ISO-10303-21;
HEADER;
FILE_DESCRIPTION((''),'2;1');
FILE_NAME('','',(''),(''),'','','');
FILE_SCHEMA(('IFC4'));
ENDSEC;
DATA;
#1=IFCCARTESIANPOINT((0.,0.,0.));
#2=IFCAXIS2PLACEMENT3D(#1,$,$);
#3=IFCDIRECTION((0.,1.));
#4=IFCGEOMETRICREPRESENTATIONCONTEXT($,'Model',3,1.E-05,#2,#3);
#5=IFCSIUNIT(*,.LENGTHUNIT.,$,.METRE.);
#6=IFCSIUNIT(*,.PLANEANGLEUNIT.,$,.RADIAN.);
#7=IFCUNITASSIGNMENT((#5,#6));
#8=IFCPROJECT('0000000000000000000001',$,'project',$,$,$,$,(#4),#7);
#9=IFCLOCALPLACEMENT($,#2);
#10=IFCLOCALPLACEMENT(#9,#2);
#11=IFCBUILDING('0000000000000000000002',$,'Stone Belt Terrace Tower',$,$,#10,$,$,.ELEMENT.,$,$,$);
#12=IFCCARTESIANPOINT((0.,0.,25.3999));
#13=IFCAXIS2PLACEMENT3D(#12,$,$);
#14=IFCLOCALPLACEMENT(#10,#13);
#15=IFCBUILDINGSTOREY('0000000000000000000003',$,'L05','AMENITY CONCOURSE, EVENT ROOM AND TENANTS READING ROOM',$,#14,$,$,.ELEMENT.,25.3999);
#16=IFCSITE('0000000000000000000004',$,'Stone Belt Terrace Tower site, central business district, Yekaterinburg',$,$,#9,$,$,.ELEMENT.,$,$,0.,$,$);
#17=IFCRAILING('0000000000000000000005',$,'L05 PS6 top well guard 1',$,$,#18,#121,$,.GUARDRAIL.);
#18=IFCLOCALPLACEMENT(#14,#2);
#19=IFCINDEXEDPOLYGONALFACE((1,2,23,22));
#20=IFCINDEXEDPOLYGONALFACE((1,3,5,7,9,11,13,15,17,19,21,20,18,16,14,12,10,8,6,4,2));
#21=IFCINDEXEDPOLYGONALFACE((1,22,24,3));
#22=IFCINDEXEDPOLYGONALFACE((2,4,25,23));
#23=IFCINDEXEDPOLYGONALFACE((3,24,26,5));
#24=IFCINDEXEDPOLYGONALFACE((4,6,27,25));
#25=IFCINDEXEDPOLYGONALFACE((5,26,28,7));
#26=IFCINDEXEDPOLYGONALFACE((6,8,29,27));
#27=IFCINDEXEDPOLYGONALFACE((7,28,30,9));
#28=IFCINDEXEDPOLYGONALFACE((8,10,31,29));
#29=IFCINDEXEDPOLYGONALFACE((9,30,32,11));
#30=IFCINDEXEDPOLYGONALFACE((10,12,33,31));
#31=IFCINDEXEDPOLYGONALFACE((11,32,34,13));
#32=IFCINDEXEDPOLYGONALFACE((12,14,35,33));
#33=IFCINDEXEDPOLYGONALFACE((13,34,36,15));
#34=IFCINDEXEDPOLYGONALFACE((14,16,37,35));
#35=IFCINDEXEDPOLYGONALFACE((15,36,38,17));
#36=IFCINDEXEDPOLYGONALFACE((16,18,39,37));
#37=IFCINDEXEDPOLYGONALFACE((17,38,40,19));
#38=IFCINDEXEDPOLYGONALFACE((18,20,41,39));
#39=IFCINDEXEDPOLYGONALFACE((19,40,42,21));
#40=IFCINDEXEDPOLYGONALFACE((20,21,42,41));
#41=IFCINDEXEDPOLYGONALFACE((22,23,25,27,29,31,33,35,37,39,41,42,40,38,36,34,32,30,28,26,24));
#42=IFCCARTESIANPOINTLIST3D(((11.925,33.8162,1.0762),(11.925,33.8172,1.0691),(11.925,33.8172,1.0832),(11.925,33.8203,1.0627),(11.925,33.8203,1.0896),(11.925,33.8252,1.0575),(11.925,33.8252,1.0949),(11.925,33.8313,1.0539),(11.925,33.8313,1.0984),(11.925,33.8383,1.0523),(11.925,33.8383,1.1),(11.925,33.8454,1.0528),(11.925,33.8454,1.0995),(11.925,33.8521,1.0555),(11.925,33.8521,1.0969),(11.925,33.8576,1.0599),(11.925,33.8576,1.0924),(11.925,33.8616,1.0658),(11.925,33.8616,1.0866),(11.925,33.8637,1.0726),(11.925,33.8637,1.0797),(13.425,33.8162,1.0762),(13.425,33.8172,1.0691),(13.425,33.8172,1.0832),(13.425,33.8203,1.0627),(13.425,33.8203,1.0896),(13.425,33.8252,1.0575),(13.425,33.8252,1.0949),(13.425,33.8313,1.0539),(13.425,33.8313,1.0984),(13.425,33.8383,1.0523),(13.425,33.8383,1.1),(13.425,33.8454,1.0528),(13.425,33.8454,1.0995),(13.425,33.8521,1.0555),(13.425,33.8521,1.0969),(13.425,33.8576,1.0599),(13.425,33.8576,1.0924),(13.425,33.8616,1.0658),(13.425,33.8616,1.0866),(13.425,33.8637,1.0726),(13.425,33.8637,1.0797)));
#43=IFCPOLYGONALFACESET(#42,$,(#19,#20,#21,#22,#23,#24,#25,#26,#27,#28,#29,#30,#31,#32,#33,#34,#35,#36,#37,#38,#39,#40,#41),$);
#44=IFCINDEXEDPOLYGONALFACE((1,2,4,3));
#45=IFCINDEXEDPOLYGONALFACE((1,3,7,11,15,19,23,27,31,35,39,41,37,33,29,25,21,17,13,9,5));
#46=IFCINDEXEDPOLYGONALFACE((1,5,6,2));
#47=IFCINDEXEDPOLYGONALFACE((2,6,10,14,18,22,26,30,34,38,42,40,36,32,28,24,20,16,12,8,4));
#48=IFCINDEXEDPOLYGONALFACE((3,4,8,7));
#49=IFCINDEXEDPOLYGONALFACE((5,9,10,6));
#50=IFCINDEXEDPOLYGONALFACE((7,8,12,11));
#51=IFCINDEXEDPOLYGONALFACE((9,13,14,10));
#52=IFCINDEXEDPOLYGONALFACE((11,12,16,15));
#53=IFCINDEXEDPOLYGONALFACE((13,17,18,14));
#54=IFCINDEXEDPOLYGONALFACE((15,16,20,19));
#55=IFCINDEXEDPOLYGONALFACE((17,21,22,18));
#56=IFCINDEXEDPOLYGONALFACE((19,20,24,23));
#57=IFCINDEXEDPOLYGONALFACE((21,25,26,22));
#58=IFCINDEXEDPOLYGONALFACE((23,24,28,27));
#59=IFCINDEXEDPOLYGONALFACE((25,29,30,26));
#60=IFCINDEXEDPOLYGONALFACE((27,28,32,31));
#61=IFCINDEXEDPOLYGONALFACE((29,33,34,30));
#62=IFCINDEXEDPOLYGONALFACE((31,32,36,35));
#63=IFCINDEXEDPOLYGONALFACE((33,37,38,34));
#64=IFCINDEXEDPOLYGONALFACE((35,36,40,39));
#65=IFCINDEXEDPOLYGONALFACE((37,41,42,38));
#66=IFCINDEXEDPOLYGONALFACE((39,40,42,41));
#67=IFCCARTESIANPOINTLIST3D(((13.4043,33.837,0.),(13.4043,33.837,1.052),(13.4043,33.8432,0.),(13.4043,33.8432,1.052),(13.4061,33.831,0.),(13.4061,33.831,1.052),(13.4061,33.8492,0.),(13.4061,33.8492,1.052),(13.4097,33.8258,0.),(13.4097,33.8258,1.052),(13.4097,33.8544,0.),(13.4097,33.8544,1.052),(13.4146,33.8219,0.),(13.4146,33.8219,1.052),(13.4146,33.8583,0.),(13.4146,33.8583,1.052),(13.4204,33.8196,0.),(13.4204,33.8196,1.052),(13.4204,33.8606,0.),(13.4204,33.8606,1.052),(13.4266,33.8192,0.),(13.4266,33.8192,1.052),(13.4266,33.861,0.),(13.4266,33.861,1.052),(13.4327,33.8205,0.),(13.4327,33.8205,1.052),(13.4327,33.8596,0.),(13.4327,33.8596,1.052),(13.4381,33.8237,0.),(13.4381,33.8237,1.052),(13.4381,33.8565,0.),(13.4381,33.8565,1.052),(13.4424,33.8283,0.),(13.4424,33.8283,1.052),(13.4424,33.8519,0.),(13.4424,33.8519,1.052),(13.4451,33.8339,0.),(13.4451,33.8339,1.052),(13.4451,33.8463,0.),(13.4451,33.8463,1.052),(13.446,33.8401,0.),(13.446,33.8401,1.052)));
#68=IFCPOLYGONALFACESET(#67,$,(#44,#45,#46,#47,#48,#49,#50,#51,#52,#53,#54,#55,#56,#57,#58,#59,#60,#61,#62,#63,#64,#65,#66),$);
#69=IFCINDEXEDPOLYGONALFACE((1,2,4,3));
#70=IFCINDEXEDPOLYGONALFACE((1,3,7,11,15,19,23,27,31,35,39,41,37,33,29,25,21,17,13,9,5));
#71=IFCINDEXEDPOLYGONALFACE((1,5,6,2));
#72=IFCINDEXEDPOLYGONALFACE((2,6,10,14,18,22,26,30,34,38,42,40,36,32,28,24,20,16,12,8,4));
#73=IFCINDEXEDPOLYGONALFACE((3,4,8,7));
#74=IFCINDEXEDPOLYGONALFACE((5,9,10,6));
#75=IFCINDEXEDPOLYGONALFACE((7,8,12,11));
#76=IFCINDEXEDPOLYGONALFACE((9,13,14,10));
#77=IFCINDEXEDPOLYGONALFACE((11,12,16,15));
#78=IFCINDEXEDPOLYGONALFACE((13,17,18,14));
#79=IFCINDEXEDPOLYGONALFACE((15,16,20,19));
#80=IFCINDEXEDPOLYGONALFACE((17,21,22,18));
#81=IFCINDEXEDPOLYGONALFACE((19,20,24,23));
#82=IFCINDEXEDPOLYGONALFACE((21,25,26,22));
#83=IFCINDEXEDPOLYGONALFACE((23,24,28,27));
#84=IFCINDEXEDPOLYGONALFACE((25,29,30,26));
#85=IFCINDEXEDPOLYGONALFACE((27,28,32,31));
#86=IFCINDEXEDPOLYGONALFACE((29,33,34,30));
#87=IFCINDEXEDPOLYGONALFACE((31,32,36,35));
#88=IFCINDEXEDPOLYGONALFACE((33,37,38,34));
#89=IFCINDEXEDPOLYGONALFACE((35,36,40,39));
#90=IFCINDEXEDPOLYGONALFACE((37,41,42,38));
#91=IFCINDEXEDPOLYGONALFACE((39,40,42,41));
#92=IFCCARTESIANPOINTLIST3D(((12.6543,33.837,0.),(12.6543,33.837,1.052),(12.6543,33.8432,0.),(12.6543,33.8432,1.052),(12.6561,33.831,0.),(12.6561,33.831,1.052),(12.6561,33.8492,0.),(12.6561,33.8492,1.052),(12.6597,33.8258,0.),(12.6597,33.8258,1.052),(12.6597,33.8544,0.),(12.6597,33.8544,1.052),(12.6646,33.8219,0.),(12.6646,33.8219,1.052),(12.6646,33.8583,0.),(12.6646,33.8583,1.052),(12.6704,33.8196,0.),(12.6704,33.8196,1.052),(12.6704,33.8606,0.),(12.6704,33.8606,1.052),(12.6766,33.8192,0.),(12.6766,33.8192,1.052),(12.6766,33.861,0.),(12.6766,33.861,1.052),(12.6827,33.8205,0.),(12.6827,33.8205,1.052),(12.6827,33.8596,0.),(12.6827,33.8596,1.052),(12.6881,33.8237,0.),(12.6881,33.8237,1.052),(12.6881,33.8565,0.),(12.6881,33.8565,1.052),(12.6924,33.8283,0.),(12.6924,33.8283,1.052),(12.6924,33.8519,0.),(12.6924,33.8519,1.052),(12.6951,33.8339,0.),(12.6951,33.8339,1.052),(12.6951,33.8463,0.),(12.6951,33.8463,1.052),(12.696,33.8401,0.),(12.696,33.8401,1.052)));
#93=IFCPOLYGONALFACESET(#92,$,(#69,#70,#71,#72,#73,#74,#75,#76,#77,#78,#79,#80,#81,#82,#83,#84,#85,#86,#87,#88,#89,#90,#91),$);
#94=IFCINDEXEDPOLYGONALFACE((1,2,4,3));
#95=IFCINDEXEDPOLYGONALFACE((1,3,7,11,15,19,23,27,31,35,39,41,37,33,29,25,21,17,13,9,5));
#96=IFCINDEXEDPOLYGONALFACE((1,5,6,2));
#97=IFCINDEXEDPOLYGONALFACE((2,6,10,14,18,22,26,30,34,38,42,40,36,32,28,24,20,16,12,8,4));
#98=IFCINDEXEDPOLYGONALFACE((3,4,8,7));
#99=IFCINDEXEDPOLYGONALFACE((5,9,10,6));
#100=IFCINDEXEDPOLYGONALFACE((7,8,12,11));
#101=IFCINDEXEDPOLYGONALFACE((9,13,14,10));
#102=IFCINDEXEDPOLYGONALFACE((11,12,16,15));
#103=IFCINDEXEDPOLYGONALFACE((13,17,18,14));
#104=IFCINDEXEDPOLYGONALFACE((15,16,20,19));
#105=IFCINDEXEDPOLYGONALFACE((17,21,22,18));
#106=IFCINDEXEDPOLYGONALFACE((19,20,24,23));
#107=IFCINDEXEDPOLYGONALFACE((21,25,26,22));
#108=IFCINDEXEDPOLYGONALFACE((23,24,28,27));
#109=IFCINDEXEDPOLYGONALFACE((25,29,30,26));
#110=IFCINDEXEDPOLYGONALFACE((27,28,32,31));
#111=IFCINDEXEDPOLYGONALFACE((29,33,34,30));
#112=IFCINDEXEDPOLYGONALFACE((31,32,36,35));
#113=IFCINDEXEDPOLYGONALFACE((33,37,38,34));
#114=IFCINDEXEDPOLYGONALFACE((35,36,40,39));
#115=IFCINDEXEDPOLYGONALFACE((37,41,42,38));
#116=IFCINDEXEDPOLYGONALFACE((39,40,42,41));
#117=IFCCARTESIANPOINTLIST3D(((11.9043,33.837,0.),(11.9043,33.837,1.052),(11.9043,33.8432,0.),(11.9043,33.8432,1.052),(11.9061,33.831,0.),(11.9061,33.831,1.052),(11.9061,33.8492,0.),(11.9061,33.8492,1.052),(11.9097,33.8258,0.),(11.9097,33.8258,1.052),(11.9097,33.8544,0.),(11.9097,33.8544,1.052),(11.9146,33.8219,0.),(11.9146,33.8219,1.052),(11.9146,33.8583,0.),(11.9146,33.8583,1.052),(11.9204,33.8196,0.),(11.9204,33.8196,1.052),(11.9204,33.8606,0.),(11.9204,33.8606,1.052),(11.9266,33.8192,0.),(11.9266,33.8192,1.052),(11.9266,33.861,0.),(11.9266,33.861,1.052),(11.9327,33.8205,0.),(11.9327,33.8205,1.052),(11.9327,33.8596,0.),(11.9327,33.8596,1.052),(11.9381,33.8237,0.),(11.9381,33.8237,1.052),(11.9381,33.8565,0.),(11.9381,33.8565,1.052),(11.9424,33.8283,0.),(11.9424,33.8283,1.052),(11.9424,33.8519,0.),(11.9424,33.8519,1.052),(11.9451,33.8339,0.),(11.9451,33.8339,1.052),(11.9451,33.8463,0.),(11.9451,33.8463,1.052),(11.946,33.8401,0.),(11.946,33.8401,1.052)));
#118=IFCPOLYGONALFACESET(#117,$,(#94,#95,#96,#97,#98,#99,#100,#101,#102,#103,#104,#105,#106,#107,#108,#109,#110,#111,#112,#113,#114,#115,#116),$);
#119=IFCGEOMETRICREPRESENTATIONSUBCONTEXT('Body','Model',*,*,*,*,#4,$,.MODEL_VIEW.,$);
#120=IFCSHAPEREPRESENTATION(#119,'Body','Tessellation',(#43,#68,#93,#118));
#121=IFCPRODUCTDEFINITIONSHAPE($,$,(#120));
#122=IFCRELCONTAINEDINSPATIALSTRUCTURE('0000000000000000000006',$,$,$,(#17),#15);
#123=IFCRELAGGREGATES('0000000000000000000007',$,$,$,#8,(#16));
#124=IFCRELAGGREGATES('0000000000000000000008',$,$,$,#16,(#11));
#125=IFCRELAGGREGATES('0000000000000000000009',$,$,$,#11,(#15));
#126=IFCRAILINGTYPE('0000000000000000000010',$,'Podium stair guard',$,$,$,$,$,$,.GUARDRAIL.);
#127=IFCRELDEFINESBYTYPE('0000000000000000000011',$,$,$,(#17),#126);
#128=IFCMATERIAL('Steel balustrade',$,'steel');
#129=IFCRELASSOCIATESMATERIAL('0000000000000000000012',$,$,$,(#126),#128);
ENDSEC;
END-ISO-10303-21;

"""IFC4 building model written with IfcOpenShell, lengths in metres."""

from ifc_helpers import new_model, si_unit, direction, frame, origin, origin_2d, place, context, subcontext, project, spatial, circle, extrude, material, type_object, element, save


model = new_model("IFC4")

# Units and contexts
model_context = context("Model", 3, precision=1e-05, world=origin(), true_north=direction((0.0, 1.0)))
body_context = subcontext(model_context, "Body", "Model", "MODEL_VIEW")
ifc_project = project(units=[si_unit("LENGTHUNIT", "METRE"), si_unit("PLANEANGLEUNIT", "RADIAN")], contexts=[model_context])

# Site, building, storey
site_placement = place(None, origin())
site = spatial("IfcSite", under=ifc_project, at=site_placement, Name="Stone Belt Terrace Tower site, central business district, Yekaterinburg", CompositionType="ELEMENT", RefElevation=0.0)
building_placement = place(site_placement, origin())
building = spatial("IfcBuilding", under=site, at=building_placement, Name="Stone Belt Terrace Tower", CompositionType="ELEMENT")
storey_placement = place(building_placement, frame((0.0, 0.0, 25.3999)))
storey = spatial("IfcBuildingStorey", under=building, at=storey_placement, Name="L05", Description="AMENITY CONCOURSE, EVENT ROOM AND TENANTS READING ROOM", CompositionType="ELEMENT", Elevation=25.3999)

# Railing
ifc_material_1 = material(Name="Steel balustrade", Category="steel")
railing_type = type_object("IfcRailingType", Name="Podium stair guard", PredefinedType="GUARDRAIL", material=ifc_material_1)
railing_placement = place(storey_placement, frame((13.425, 33.8401, 0.0)))
element("IfcRailing", 1, at=railing_placement, inside=storey, type_object=railing_type, Name="L05 PS6 top well guard 1", PredefinedType="GUARDRAIL", context=body_context, shape_type="SweptSolid", body=[
    extrude(circle(Radius=0.0239, at=origin_2d()), frame((0.0, 0.0, 1.0762), z_axis=(-1.0, 0.0, 0.0), x_axis=(0.0, -1.0, 0.0)), (0.0, 0.0, 1.0), 1.5),
    extrude(circle(Radius=0.021, at=origin_2d()), origin(), (0.0, 0.0, 1.0), 1.052),
    extrude(circle(Radius=0.021, at=origin_2d()), frame((-0.75, 0.0, 0.0)), (0.0, 0.0, 1.0), 1.052),
    extrude(circle(Radius=0.021, at=origin_2d()), frame((-1.5, 0.0, 0.0)), (0.0, 0.0, 1.0), 1.052),
])

save(model, "model.ifc")
